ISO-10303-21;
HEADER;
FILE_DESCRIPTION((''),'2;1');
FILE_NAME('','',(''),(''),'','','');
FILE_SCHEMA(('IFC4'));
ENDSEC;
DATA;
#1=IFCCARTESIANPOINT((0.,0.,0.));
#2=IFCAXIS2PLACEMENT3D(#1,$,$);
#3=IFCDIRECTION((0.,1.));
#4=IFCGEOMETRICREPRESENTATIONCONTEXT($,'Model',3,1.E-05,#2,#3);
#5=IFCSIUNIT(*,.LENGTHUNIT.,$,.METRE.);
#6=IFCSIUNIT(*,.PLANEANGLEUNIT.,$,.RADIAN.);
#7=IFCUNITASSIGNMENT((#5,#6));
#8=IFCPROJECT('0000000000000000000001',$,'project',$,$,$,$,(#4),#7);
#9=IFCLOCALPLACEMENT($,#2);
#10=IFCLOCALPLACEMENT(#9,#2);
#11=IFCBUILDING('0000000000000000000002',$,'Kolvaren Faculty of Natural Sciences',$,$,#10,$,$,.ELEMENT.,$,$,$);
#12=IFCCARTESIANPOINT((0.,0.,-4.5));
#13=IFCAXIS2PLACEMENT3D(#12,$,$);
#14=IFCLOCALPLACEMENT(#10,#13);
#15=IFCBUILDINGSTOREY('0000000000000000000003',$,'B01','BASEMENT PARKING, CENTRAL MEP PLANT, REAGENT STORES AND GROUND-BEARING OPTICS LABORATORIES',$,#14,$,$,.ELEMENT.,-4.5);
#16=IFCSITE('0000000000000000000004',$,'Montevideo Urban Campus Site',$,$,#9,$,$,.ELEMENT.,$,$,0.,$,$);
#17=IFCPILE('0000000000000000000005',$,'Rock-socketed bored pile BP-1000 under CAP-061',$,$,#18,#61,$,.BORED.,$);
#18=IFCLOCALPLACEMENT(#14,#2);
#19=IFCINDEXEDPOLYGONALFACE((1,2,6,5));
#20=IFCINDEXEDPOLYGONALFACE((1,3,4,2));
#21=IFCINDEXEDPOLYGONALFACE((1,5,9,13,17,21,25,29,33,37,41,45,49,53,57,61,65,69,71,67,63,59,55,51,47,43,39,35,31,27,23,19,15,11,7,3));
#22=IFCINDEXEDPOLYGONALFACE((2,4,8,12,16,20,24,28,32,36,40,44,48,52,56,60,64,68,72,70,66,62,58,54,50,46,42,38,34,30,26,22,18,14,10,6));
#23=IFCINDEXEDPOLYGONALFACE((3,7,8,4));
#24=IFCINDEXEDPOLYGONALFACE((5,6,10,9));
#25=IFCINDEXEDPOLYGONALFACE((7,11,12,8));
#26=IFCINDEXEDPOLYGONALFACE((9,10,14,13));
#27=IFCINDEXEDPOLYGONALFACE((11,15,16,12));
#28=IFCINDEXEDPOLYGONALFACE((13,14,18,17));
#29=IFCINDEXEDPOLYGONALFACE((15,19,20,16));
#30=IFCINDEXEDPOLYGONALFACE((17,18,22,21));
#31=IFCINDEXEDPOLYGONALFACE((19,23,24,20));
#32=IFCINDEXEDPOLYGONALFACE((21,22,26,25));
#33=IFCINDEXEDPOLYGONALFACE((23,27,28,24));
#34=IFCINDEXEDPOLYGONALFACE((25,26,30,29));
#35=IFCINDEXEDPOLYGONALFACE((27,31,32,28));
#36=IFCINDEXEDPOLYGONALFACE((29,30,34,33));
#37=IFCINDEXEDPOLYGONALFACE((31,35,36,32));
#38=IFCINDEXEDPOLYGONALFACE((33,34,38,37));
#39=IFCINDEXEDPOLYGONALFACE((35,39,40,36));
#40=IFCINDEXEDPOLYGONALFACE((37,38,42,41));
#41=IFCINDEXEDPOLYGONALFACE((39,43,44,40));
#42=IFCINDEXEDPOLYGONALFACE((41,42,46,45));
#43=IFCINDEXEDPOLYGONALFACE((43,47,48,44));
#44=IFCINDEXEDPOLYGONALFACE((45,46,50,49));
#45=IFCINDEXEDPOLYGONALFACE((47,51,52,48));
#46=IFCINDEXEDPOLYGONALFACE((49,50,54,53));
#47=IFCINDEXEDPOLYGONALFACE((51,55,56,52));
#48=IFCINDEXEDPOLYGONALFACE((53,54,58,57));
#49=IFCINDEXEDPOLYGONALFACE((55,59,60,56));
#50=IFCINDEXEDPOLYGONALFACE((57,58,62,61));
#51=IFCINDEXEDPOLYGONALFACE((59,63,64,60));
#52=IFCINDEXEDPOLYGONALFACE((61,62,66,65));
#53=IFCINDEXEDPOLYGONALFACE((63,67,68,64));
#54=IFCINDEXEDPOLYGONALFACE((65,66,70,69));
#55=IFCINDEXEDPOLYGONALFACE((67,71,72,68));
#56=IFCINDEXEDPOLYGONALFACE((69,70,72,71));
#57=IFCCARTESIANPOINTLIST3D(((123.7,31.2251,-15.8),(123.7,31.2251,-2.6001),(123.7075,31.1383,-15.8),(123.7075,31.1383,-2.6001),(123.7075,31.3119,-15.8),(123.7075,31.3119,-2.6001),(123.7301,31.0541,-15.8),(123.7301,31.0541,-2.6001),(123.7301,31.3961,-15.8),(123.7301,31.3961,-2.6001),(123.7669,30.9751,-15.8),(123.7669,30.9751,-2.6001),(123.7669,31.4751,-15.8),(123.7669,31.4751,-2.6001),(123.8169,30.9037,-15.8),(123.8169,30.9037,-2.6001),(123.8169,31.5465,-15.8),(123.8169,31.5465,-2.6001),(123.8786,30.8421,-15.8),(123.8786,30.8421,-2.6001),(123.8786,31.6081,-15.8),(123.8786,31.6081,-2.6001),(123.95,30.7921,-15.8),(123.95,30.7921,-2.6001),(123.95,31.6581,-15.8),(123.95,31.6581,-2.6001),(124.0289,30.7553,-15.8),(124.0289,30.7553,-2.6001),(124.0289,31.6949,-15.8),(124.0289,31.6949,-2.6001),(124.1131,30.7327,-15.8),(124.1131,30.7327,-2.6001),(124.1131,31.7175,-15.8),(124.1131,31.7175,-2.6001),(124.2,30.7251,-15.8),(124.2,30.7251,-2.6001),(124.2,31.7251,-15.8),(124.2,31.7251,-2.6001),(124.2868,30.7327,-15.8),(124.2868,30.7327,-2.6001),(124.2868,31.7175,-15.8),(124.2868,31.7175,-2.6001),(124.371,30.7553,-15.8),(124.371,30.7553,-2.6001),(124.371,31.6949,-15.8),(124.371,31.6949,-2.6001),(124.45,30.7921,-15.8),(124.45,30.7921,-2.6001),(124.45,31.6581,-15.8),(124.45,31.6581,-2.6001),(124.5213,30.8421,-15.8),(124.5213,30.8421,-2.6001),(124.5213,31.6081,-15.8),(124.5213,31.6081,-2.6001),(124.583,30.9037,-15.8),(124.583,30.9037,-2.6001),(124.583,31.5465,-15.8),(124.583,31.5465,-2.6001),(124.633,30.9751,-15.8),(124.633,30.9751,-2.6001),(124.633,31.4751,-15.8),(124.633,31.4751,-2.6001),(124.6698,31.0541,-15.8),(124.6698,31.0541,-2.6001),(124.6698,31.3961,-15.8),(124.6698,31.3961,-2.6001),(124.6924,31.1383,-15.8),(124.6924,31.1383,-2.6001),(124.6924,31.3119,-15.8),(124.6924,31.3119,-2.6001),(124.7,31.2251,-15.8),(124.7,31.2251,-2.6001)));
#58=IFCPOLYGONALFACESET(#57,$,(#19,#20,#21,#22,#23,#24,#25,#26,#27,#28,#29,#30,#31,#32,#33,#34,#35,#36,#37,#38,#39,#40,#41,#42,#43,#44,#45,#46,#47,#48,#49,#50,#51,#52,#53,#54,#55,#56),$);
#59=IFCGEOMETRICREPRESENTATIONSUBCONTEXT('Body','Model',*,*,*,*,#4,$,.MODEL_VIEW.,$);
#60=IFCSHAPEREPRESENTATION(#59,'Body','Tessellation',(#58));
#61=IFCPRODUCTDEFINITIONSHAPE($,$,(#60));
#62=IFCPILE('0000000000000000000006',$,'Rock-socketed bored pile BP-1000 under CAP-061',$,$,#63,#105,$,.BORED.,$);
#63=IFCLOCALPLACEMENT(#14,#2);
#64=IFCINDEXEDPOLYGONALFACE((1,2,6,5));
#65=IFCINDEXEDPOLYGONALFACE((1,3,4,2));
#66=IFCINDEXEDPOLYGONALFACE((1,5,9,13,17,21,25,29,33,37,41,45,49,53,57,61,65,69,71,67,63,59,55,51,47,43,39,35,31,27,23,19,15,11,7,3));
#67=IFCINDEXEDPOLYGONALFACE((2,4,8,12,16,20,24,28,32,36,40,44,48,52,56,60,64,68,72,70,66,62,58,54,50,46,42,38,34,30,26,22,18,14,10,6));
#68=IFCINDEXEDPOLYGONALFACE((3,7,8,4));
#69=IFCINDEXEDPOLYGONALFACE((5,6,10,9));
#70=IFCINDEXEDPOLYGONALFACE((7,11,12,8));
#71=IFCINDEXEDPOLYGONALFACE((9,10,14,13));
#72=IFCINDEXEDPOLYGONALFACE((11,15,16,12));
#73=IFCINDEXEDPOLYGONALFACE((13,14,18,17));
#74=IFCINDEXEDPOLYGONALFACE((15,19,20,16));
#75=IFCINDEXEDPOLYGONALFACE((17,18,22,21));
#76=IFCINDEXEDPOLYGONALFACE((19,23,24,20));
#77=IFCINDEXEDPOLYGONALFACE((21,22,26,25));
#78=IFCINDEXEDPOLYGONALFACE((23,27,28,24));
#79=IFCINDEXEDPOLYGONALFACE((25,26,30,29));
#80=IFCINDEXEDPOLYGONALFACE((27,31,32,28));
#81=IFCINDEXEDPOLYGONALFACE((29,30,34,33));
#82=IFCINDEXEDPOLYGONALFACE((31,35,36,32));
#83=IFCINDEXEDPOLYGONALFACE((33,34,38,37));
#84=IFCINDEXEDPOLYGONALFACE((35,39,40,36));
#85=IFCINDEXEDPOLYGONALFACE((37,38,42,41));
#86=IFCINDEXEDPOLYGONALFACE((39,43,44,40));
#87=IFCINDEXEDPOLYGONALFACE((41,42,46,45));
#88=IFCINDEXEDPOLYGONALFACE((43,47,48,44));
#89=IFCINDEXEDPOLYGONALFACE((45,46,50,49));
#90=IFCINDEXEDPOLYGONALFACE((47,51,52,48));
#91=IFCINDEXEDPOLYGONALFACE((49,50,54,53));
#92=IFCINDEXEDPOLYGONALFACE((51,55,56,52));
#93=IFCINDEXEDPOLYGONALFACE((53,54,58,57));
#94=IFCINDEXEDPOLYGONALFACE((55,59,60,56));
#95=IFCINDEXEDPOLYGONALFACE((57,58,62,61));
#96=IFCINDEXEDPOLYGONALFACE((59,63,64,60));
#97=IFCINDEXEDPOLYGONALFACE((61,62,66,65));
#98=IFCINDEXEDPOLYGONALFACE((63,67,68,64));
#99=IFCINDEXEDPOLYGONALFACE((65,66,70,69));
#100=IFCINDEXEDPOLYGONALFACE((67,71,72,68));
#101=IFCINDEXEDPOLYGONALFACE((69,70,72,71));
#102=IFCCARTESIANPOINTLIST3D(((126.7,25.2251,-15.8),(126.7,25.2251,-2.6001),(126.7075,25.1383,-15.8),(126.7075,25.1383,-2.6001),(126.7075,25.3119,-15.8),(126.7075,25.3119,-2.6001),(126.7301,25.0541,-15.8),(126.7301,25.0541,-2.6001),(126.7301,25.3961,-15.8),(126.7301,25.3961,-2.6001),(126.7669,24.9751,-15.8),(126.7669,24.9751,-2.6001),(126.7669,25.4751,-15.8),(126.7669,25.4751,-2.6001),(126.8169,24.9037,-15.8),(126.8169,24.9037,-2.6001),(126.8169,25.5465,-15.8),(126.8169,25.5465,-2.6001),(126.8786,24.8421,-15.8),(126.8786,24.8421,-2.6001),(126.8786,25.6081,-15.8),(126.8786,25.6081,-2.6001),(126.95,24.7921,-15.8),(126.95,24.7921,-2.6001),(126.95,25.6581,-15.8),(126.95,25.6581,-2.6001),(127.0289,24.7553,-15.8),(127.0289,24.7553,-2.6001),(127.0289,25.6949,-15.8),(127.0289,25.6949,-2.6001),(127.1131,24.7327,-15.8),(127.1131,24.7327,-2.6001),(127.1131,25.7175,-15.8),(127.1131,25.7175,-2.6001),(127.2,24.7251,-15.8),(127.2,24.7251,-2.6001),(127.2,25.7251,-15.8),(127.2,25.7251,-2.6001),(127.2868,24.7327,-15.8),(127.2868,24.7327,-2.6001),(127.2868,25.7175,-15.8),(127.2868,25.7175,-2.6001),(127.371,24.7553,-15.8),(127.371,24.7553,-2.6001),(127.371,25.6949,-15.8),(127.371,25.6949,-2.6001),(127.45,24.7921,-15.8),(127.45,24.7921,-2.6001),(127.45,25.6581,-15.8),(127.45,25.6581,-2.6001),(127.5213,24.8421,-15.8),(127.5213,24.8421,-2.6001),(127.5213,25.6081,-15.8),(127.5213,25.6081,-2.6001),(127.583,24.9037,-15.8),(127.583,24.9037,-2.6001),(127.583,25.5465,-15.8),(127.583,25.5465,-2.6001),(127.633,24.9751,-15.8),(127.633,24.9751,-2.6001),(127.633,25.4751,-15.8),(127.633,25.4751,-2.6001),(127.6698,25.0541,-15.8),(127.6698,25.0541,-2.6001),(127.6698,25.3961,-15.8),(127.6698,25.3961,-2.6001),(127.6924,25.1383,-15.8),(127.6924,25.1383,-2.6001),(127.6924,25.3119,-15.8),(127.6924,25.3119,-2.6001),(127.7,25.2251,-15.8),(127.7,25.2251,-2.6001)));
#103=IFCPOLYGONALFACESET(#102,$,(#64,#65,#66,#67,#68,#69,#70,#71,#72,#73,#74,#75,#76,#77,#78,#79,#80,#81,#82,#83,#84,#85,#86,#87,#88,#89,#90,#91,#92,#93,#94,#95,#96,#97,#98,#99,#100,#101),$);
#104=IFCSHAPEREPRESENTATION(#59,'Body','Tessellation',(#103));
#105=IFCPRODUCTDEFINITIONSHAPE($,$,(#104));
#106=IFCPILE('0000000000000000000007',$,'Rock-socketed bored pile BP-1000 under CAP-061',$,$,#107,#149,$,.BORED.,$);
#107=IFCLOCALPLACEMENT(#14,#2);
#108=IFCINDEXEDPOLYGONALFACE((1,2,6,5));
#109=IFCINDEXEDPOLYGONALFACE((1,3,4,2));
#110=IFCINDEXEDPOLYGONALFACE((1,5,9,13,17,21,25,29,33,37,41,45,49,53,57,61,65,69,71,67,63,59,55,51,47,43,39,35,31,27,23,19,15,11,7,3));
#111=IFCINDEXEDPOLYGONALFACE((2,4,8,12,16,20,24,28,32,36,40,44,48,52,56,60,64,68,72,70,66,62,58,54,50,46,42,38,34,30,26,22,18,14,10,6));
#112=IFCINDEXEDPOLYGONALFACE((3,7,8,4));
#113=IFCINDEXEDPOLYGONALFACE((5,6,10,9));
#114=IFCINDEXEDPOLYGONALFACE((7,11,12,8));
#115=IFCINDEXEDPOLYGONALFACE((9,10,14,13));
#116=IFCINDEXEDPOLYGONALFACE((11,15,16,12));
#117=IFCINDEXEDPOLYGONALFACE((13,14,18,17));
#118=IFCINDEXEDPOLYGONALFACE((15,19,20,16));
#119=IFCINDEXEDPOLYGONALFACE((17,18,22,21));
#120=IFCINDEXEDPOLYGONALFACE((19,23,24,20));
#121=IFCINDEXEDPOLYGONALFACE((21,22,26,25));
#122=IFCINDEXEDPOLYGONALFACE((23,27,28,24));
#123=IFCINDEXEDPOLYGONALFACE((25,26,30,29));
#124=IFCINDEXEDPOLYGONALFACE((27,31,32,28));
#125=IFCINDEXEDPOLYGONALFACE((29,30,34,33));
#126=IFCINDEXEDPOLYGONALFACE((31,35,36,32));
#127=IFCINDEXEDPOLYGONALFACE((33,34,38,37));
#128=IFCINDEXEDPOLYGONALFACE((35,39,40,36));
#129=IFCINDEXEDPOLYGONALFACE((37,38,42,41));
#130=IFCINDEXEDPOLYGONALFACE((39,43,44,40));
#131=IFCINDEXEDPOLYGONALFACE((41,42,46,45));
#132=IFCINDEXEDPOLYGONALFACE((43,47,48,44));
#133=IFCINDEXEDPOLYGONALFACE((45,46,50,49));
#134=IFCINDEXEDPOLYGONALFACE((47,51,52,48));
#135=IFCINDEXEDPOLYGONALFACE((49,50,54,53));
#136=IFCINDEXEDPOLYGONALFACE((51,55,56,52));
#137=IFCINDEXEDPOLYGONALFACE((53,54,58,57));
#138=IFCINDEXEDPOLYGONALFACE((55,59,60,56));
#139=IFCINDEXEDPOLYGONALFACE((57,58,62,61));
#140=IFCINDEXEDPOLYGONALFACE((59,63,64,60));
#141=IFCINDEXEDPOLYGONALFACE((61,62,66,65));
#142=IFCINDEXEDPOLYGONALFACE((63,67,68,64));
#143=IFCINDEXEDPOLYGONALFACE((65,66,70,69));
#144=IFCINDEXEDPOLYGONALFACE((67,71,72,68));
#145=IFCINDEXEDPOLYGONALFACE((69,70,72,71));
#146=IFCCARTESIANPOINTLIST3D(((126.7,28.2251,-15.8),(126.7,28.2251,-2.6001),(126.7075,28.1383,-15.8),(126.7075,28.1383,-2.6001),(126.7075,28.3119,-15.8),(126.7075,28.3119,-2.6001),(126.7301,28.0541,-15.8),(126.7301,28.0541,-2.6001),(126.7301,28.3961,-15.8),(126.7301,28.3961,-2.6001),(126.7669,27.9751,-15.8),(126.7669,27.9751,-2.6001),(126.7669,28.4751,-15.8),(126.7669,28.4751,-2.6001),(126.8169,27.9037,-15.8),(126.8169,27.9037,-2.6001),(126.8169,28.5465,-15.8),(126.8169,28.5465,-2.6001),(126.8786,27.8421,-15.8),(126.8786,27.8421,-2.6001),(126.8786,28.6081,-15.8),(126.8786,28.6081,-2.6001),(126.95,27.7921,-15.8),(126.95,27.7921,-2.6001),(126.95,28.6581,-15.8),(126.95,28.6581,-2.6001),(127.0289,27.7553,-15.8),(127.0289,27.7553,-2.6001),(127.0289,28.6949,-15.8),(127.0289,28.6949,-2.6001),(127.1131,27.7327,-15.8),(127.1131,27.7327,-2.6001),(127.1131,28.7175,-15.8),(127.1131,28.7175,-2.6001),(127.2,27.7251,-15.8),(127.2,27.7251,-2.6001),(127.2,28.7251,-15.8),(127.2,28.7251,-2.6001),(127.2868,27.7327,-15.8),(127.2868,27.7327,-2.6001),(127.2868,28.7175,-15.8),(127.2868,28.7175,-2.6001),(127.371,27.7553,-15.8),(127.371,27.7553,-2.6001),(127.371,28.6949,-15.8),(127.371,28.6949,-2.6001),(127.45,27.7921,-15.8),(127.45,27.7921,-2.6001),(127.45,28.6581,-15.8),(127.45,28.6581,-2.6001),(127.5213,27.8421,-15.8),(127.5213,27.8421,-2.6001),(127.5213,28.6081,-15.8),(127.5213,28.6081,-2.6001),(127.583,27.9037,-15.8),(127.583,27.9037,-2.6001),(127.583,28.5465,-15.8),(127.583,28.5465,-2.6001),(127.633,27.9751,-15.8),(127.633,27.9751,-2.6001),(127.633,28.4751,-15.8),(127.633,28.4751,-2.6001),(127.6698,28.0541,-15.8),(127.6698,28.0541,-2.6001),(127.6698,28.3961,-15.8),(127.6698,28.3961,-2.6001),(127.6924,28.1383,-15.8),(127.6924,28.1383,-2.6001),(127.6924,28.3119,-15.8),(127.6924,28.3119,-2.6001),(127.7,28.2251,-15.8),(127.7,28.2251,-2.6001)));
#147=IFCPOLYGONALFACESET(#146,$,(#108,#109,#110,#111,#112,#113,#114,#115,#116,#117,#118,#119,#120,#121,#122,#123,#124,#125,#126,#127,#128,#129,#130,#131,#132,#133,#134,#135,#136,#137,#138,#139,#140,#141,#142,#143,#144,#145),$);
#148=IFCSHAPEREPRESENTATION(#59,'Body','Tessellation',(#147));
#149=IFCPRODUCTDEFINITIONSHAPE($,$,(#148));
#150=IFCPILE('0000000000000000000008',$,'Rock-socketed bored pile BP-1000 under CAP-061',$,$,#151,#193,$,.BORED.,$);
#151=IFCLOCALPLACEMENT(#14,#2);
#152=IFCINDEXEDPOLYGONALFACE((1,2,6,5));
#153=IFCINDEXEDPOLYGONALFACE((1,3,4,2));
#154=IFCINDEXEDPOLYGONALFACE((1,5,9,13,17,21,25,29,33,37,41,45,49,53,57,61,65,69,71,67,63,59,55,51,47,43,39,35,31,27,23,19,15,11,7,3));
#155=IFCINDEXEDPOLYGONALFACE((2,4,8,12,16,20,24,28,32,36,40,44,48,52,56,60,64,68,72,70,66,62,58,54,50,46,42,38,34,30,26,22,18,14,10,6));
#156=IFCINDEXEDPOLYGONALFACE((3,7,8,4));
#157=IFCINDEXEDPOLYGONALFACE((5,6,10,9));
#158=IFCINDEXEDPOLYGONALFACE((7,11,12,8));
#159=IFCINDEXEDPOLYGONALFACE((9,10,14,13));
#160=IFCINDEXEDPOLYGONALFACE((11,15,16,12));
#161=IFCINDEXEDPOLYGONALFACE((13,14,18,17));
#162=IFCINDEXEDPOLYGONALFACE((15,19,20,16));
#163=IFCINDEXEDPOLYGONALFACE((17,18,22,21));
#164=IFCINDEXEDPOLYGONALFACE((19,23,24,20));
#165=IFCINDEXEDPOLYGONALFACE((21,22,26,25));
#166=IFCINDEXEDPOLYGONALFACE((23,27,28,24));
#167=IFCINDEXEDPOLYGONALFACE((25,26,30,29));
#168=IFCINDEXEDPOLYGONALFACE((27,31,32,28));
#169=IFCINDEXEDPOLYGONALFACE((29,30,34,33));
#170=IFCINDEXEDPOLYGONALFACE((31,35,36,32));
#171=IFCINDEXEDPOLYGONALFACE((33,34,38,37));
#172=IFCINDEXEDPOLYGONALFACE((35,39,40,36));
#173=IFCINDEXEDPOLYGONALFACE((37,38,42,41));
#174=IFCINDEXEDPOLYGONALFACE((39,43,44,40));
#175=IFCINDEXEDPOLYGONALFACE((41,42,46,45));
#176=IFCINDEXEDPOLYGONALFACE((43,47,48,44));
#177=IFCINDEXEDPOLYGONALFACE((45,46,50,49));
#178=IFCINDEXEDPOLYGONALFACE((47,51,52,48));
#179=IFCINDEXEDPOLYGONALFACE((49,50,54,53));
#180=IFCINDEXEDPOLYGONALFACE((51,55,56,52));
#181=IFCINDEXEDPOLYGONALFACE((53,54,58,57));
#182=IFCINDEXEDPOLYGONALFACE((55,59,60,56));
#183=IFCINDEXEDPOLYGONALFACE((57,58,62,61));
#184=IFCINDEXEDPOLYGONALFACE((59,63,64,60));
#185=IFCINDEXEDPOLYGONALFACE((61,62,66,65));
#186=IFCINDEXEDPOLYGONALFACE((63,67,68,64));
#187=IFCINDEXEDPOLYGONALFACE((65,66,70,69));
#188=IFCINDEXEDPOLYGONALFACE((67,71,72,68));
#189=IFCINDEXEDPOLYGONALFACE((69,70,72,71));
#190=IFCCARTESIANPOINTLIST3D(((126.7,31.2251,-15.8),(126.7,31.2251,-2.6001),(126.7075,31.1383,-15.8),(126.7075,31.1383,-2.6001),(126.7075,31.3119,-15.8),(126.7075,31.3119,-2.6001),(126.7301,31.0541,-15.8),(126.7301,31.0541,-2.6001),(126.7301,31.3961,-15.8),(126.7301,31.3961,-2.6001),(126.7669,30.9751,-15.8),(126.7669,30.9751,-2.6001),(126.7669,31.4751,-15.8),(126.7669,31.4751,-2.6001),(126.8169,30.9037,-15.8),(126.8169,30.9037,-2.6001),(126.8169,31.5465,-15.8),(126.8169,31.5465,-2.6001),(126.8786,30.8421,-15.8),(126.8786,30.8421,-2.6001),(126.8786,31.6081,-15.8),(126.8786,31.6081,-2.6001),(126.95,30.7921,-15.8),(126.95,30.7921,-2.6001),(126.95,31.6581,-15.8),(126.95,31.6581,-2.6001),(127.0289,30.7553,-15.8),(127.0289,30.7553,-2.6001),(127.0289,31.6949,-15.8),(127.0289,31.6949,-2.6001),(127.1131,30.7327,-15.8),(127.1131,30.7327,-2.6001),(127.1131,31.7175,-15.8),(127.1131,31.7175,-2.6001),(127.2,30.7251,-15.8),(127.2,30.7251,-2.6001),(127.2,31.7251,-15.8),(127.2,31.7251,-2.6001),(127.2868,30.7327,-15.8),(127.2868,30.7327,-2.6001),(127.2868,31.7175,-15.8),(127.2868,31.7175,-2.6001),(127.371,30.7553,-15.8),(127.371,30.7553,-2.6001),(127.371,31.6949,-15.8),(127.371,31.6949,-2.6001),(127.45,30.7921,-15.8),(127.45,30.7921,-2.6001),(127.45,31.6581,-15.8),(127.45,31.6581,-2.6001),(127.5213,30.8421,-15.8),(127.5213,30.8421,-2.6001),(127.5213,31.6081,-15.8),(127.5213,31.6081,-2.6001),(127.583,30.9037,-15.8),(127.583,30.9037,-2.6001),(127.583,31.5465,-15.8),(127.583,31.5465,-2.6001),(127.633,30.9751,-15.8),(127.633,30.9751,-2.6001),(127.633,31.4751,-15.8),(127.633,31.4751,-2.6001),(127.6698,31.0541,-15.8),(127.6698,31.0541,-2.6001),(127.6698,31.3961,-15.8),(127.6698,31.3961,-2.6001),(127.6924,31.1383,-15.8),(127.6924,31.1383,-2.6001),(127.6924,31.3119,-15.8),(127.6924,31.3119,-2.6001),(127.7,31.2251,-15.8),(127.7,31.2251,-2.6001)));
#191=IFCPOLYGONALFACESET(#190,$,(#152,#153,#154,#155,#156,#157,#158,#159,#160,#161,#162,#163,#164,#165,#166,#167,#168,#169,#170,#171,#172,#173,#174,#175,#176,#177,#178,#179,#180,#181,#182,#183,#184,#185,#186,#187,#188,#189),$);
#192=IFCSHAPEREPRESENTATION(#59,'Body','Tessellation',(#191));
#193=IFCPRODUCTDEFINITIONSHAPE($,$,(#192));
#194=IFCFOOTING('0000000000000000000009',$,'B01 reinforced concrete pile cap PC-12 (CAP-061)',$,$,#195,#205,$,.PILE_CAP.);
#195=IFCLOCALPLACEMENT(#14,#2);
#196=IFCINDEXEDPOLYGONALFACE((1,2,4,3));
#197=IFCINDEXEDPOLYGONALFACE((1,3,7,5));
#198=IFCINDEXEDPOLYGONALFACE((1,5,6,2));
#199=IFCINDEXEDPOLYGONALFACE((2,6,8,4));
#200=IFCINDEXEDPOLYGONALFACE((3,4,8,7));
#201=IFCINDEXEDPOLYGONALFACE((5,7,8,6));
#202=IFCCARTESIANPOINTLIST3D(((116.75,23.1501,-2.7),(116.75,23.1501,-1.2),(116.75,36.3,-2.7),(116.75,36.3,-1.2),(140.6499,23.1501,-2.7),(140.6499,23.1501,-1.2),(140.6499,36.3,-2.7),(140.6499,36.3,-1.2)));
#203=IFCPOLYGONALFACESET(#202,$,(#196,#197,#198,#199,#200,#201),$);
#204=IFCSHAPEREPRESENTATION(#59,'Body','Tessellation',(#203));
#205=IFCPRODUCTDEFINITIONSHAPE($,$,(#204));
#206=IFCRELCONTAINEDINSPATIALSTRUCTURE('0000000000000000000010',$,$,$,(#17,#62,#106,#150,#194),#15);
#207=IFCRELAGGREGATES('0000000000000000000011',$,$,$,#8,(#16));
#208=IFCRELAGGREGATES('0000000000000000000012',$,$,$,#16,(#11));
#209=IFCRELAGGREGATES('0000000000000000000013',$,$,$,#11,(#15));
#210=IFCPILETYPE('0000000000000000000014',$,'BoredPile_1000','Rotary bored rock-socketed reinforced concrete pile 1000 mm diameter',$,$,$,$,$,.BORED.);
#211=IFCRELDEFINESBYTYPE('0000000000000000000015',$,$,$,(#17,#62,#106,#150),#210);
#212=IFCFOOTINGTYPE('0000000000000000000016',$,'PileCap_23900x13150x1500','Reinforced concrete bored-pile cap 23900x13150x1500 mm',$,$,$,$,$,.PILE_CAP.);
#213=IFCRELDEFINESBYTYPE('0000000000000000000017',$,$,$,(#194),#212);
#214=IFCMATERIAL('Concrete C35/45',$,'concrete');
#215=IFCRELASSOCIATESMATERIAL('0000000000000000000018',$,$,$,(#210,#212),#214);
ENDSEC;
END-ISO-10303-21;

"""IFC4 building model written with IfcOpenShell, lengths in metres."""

from ifc_helpers import new_model, si_unit, direction, frame, origin, origin_2d, place, context, subcontext, project, spatial, rectangle, circle, extrude, material, material_profile, profile_set, type_object, element, save


model = new_model("IFC4")

# Units and contexts
model_context = context("Model", 3, precision=1e-05, world=origin(), true_north=direction((0.0, 1.0)))
body_context = subcontext(model_context, "Body", "Model", "MODEL_VIEW")
ifc_project = project(units=[si_unit("LENGTHUNIT", "METRE"), si_unit("PLANEANGLEUNIT", "RADIAN")], contexts=[model_context])

# Site, building, storey
site_placement = place(None, origin())
site = spatial("IfcSite", under=ifc_project, at=site_placement, Name="Montevideo Urban Campus Site", CompositionType="ELEMENT", RefElevation=0.0)
building_placement = place(site_placement, origin())
building = spatial("IfcBuilding", under=site, at=building_placement, Name="Kolvaren Faculty of Natural Sciences", CompositionType="ELEMENT")
storey_placement = place(building_placement, frame((0.0, 0.0, -4.5)))
storey = spatial("IfcBuildingStorey", under=building, at=storey_placement, Name="B01", Description="BASEMENT PARKING, CENTRAL MEP PLANT, REAGENT STORES AND GROUND-BEARING OPTICS LABORATORIES", CompositionType="ELEMENT", Elevation=-4.5)

# Piles
ifc_material_1 = material(Name="Concrete C35/45", Category="concrete")
ifc_material_profile_1 = material_profile(ifc_material_1, circle(Radius=0.5, at=origin_2d()), Name="PILE D1000")
ifc_profile_set_1 = profile_set([ifc_material_profile_1], Name="Concrete C35/45")
pile_type = type_object("IfcPileType", Name="BoredPile_1000", Description="Rotary bored rock-socketed reinforced concrete pile 1000 mm diameter", PredefinedType="BORED", material=ifc_profile_set_1)
for number, where, z_axis, x_axis, name in (
    (1, (124.2, 31.2251, -2.6001), (0.0, 0.0, -1.0), (1.0, 0.0, 0.0), "Rock-socketed bored pile BP-1000 under CAP-061"),
    (2, (127.2, 25.2251, -2.6001), (0.0, 0.0, -1.0), (1.0, 0.0, 0.0), "Rock-socketed bored pile BP-1000 under CAP-061"),
    (3, (127.2, 28.2251, -2.6001), (0.0, 0.0, -1.0), (1.0, 0.0, 0.0), "Rock-socketed bored pile BP-1000 under CAP-061"),
    (4, (127.2, 31.2251, -2.6001), (0.0, 0.0, -1.0), (1.0, 0.0, 0.0), "Rock-socketed bored pile BP-1000 under CAP-061"),
):
    element("IfcPile", number, at=place(storey_placement, frame(where, z_axis=z_axis, x_axis=x_axis)), inside=storey, type_object=pile_type, Name=name, PredefinedType="BORED", context=body_context, shape_type="SweptSolid", body=[
        extrude(circle(Radius=0.5, at=origin_2d()), origin(), (0.0, 0.0, 1.0), 13.2),
    ])

# Footing
footing_type = type_object("IfcFootingType", Name="PileCap_23900x13150x1500", Description="Reinforced concrete bored-pile cap 23900x13150x1500 mm", PredefinedType="PILE_CAP", material=ifc_material_1)
footing_placement = place(storey_placement, frame((128.7, 29.7251, -2.7), z_axis=(0.0, 0.0, 1.0), x_axis=(1.0, 0.0, 0.0)))
element("IfcFooting", 5, at=footing_placement, inside=storey, type_object=footing_type, Name="B01 reinforced concrete pile cap PC-12 (CAP-061)", PredefinedType="PILE_CAP", context=body_context, shape_type="SweptSolid", body=[
    extrude(rectangle(XDim=23.8999, YDim=13.1499, at=origin_2d()), origin(), (0.0, 0.0, 1.0), 1.5),
])

save(model, "model.ifc")
